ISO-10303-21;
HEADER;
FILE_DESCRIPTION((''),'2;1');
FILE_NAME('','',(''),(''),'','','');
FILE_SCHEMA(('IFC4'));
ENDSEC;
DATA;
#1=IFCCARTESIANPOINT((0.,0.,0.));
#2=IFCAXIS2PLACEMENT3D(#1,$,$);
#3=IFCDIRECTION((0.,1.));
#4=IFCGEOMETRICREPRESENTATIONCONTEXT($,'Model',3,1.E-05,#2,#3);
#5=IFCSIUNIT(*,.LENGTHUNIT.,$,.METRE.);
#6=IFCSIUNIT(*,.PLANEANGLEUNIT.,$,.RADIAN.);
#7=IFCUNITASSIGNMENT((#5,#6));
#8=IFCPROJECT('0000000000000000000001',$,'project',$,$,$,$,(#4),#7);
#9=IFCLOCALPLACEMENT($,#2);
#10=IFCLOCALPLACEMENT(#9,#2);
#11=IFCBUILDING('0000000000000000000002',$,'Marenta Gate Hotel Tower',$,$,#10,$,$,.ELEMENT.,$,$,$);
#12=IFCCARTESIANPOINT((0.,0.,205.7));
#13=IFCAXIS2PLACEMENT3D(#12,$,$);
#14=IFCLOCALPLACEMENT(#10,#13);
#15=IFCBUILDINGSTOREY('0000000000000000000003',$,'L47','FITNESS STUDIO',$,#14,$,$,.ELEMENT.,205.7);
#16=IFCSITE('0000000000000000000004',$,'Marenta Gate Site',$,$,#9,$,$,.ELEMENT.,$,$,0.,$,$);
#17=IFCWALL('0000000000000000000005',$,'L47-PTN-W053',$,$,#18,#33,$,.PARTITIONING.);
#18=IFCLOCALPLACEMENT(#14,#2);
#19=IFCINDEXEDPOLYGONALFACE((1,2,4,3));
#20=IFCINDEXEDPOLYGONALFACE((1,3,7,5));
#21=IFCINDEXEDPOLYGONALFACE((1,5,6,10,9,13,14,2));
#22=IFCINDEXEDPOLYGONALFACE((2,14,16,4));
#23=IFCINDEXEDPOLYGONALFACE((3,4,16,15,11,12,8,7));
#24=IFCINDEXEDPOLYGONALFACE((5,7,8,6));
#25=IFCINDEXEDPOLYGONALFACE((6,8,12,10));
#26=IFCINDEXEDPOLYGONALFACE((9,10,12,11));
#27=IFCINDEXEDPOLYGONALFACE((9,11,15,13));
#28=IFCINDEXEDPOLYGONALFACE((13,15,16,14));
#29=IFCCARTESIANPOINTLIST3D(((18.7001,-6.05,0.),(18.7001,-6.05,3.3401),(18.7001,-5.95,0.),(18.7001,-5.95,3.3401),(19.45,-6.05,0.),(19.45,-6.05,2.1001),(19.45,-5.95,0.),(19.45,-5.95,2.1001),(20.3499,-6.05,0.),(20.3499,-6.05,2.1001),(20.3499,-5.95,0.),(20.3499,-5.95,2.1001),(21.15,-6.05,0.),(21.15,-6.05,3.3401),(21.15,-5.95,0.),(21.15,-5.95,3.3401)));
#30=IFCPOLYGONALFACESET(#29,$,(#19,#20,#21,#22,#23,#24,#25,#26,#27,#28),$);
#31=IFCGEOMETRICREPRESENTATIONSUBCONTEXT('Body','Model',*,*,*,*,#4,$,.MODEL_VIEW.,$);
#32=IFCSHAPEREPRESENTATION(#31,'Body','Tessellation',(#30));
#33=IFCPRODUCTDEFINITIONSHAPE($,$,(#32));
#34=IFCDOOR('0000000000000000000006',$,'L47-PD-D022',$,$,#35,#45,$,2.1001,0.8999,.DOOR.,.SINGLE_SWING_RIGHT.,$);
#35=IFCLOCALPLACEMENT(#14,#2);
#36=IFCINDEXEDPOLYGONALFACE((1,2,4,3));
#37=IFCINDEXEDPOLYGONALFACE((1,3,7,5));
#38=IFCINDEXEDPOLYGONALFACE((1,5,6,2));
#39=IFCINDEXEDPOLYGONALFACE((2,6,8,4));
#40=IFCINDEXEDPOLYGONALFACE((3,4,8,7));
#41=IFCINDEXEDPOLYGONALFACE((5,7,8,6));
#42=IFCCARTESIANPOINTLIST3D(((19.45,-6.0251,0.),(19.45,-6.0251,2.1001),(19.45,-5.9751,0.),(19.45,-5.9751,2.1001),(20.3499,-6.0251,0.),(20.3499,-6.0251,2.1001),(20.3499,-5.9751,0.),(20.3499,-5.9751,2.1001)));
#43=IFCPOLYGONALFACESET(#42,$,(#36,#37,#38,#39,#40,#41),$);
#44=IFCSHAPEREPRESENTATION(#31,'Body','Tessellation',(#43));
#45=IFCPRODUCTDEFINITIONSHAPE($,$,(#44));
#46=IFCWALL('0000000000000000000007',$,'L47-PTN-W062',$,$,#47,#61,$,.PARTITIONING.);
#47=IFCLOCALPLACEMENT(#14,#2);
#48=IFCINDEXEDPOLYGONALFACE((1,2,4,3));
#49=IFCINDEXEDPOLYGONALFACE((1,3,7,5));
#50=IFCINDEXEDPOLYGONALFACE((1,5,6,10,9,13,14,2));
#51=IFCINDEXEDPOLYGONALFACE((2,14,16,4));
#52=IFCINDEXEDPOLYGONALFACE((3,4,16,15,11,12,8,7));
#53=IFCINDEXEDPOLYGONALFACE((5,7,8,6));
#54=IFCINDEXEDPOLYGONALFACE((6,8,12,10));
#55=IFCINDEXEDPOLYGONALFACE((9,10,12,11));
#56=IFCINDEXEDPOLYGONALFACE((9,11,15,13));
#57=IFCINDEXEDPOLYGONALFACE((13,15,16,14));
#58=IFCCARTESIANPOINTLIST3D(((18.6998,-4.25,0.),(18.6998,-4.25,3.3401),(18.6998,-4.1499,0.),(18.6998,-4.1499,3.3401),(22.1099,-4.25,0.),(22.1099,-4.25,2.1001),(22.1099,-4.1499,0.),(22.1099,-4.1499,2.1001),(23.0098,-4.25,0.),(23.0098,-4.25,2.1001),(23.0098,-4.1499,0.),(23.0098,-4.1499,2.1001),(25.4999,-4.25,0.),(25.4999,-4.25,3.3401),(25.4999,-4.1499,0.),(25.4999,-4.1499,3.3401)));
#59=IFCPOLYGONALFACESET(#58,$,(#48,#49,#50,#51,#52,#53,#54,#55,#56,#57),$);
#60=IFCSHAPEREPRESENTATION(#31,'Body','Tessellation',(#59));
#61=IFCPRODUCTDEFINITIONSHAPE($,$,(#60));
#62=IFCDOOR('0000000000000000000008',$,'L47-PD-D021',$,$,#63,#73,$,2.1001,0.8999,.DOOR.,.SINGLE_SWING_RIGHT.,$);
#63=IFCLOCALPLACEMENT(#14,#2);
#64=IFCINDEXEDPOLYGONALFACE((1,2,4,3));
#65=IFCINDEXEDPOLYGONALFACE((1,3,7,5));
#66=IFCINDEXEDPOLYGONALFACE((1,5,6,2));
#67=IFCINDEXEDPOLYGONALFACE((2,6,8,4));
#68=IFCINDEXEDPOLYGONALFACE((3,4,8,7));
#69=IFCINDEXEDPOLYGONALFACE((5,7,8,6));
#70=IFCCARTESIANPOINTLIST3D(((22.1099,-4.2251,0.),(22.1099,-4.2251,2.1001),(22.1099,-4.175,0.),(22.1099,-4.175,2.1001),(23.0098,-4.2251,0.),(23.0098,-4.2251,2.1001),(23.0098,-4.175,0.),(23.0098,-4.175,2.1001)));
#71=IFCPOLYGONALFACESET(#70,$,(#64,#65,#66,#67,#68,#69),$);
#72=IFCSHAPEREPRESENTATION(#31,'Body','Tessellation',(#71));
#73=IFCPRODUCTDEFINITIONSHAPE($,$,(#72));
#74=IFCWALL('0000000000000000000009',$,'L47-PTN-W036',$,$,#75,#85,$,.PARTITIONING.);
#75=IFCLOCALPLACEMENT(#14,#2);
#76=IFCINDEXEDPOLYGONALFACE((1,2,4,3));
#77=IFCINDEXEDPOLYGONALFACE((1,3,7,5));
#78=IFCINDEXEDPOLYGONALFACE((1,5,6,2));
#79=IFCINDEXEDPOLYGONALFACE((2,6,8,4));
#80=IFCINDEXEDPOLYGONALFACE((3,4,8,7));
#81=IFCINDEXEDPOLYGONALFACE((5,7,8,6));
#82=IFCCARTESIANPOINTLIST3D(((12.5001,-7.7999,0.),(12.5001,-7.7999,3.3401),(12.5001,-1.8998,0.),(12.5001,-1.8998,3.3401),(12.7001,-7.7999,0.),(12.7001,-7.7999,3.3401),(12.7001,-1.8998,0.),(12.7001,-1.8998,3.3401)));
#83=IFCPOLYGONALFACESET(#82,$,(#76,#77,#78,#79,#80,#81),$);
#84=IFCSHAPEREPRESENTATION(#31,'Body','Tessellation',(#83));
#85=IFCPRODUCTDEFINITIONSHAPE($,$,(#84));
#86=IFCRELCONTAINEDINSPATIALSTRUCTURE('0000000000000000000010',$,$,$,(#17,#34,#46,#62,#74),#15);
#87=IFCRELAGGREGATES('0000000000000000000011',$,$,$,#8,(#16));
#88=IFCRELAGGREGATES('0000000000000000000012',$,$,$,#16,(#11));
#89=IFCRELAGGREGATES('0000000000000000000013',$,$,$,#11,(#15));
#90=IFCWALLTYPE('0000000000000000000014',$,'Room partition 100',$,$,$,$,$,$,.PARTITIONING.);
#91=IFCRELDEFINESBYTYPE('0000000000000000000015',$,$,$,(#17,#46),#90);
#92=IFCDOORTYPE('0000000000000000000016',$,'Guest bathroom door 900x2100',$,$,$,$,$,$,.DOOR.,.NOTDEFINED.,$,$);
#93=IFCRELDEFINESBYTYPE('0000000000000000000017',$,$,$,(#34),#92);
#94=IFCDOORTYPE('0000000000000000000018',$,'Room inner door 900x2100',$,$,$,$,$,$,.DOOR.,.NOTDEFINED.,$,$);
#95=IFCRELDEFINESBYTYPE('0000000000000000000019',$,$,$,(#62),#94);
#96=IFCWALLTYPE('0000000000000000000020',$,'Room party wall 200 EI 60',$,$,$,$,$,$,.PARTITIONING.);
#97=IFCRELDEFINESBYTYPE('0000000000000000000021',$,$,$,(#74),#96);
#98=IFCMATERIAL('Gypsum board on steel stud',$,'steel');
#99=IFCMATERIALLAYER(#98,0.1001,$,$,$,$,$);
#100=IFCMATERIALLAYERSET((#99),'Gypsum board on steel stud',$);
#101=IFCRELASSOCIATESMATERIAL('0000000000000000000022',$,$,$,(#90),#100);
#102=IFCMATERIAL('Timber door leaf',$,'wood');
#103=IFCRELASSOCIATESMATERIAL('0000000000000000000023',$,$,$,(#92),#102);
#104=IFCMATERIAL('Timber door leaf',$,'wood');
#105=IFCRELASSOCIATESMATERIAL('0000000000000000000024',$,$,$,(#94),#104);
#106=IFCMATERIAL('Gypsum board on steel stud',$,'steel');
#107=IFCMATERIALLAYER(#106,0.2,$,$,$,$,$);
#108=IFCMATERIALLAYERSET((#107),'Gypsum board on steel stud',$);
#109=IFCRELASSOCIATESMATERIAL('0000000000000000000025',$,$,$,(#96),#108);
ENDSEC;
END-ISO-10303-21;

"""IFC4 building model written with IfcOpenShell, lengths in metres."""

from ifc_helpers import new_model, si_unit, direction, frame, frame_2d, origin, place, context, subcontext, project, spatial, rectangle, extrude, material, layer, layer_set, type_object, element, fill, save


model = new_model("IFC4")

# Units and contexts
model_context = context("Model", 3, precision=1e-05, world=origin(), true_north=direction((0.0, 1.0)))
body_context = subcontext(model_context, "Body", "Model", "MODEL_VIEW")
ifc_project = project(units=[si_unit("LENGTHUNIT", "METRE"), si_unit("PLANEANGLEUNIT", "RADIAN")], contexts=[model_context])

# Site, building, storey
site_placement = place(None, origin())
site = spatial("IfcSite", under=ifc_project, at=site_placement, Name="Marenta Gate Site", CompositionType="ELEMENT", RefElevation=0.0)
building_placement = place(site_placement, origin())
building = spatial("IfcBuilding", under=site, at=building_placement, Name="Marenta Gate Hotel Tower", CompositionType="ELEMENT")
storey_placement = place(building_placement, frame((0.0, 0.0, 205.7)))
storey = spatial("IfcBuildingStorey", under=building, at=storey_placement, Name="L47", Description="FITNESS STUDIO", CompositionType="ELEMENT", Elevation=205.7)

# Walls, openings, doors
ifc_material_1 = material(Name="Gypsum board on steel stud", Category="steel")
ifc_layer_1 = layer(ifc_material_1, 0.1001)
ifc_layer_set_1 = layer_set([ifc_layer_1], Name="Gypsum board on steel stud")
wall_type_1 = type_object("IfcWallType", Name="Room partition 100", PredefinedType="PARTITIONING", material=ifc_layer_set_1)
wall_1_placement = place(storey_placement, frame((18.7, -6.0, 0.0), z_axis=(0.0, 0.0, 1.0), x_axis=(1.0, 0.0, 0.0)))
wall_1 = element("IfcWall", 1, at=wall_1_placement, inside=storey, type_object=wall_type_1, Name="L47-PTN-W053", PredefinedType="PARTITIONING", context=body_context, shape_type="SweptSolid", body=[
    extrude(rectangle(XDim=2.45, YDim=0.1001, at=frame_2d((1.2251, 0.0))), origin(), (0.0, 0.0, 1.0), 3.3401),
])
opening_1_placement = place(wall_1_placement, frame((0.75, 0.0, 0.0)))
opening_1 = element("IfcOpeningElement", 2, at=opening_1_placement, cuts=wall_1, PredefinedType="OPENING", context=body_context, shape_type="SweptSolid", body=[
    extrude(rectangle(XDim=0.8999, YDim=2.1001, at=frame_2d((0.45, 1.05))), frame((0.0, 0.05, 0.0), z_axis=(0.0, -1.0, 0.0), x_axis=(1.0, 0.0, 0.0)), (0.0, 0.0, 1.0), 0.1001),
])
ifc_material_2 = material(Name="Timber door leaf", Category="wood")
door_type_1 = type_object("IfcDoorType", Name="Guest bathroom door 900x2100", OperationType="NOTDEFINED", PredefinedType="DOOR", material=ifc_material_2)
door_1_placement = place(opening_1_placement, origin())
door_1 = element("IfcDoor", 3, at=door_1_placement, inside=storey, type_object=door_type_1, Name="L47-PD-D022", OperationType="SINGLE_SWING_RIGHT", OverallHeight=2.1001, OverallWidth=0.8999, PredefinedType="DOOR", context=body_context, shape_type="SweptSolid", body=[
    extrude(rectangle(XDim=0.8999, YDim=2.1001, at=frame_2d((0.45, 1.05))), frame((0.0, 0.0249, 0.0), z_axis=(0.0, -1.0, 0.0), x_axis=(1.0, 0.0, 0.0)), (0.0, 0.0, 1.0), 0.05),
])
fill(opening_1, door_1)
wall_2_placement = place(storey_placement, frame((18.7, -4.2, 0.0), z_axis=(0.0, 0.0, 1.0), x_axis=(1.0, 0.0, 0.0)))
wall_2 = element("IfcWall", 4, at=wall_2_placement, inside=storey, type_object=wall_type_1, Name="L47-PTN-W062", PredefinedType="PARTITIONING", context=body_context, shape_type="SweptSolid", body=[
    extrude(rectangle(XDim=6.8, YDim=0.1001, at=frame_2d((3.3999, 0.0))), origin(), (0.0, 0.0, 1.0), 3.3401),
])
opening_2_placement = place(wall_2_placement, frame((3.4099, 0.0, 0.0)))
opening_2 = element("IfcOpeningElement", 5, at=opening_2_placement, cuts=wall_2, PredefinedType="OPENING", context=body_context, shape_type="SweptSolid", body=[
    extrude(rectangle(XDim=0.8999, YDim=2.1001, at=frame_2d((0.45, 1.05))), frame((0.0, 0.05, 0.0), z_axis=(0.0, -1.0, 0.0), x_axis=(1.0, 0.0, 0.0)), (0.0, 0.0, 1.0), 0.1001),
])
ifc_material_3 = material(Name="Timber door leaf", Category="wood")
door_type_2 = type_object("IfcDoorType", Name="Room inner door 900x2100", OperationType="NOTDEFINED", PredefinedType="DOOR", material=ifc_material_3)
door_2_placement = place(opening_2_placement, origin())
door_2 = element("IfcDoor", 6, at=door_2_placement, inside=storey, type_object=door_type_2, Name="L47-PD-D021", OperationType="SINGLE_SWING_RIGHT", OverallHeight=2.1001, OverallWidth=0.8999, PredefinedType="DOOR", context=body_context, shape_type="SweptSolid", body=[
    extrude(rectangle(XDim=0.8999, YDim=2.1001, at=frame_2d((0.45, 1.05))), frame((0.0, 0.0249, 0.0), z_axis=(0.0, -1.0, 0.0), x_axis=(1.0, 0.0, 0.0)), (0.0, 0.0, 1.0), 0.05),
])
fill(opening_2, door_2)

# Wall
ifc_material_4 = material(Name="Gypsum board on steel stud", Category="steel")
ifc_layer_2 = layer(ifc_material_4, 0.2)
ifc_layer_set_2 = layer_set([ifc_layer_2], Name="Gypsum board on steel stud")
wall_type_2 = type_object("IfcWallType", Name="Room party wall 200 EI 60", PredefinedType="PARTITIONING", material=ifc_layer_set_2)
wall_3_placement = place(storey_placement, frame((12.6001, -7.8, 0.0), z_axis=(0.0, 0.0, 1.0), x_axis=(0.0, 1.0, 0.0)))
element("IfcWall", 7, at=wall_3_placement, inside=storey, type_object=wall_type_2, Name="L47-PTN-W036", PredefinedType="PARTITIONING", context=body_context, shape_type="SweptSolid", body=[
    extrude(rectangle(XDim=5.9001, YDim=0.2, at=frame_2d((2.9502, 0.0))), origin(), (0.0, 0.0, 1.0), 3.3401),
])

save(model, "model.ifc")
